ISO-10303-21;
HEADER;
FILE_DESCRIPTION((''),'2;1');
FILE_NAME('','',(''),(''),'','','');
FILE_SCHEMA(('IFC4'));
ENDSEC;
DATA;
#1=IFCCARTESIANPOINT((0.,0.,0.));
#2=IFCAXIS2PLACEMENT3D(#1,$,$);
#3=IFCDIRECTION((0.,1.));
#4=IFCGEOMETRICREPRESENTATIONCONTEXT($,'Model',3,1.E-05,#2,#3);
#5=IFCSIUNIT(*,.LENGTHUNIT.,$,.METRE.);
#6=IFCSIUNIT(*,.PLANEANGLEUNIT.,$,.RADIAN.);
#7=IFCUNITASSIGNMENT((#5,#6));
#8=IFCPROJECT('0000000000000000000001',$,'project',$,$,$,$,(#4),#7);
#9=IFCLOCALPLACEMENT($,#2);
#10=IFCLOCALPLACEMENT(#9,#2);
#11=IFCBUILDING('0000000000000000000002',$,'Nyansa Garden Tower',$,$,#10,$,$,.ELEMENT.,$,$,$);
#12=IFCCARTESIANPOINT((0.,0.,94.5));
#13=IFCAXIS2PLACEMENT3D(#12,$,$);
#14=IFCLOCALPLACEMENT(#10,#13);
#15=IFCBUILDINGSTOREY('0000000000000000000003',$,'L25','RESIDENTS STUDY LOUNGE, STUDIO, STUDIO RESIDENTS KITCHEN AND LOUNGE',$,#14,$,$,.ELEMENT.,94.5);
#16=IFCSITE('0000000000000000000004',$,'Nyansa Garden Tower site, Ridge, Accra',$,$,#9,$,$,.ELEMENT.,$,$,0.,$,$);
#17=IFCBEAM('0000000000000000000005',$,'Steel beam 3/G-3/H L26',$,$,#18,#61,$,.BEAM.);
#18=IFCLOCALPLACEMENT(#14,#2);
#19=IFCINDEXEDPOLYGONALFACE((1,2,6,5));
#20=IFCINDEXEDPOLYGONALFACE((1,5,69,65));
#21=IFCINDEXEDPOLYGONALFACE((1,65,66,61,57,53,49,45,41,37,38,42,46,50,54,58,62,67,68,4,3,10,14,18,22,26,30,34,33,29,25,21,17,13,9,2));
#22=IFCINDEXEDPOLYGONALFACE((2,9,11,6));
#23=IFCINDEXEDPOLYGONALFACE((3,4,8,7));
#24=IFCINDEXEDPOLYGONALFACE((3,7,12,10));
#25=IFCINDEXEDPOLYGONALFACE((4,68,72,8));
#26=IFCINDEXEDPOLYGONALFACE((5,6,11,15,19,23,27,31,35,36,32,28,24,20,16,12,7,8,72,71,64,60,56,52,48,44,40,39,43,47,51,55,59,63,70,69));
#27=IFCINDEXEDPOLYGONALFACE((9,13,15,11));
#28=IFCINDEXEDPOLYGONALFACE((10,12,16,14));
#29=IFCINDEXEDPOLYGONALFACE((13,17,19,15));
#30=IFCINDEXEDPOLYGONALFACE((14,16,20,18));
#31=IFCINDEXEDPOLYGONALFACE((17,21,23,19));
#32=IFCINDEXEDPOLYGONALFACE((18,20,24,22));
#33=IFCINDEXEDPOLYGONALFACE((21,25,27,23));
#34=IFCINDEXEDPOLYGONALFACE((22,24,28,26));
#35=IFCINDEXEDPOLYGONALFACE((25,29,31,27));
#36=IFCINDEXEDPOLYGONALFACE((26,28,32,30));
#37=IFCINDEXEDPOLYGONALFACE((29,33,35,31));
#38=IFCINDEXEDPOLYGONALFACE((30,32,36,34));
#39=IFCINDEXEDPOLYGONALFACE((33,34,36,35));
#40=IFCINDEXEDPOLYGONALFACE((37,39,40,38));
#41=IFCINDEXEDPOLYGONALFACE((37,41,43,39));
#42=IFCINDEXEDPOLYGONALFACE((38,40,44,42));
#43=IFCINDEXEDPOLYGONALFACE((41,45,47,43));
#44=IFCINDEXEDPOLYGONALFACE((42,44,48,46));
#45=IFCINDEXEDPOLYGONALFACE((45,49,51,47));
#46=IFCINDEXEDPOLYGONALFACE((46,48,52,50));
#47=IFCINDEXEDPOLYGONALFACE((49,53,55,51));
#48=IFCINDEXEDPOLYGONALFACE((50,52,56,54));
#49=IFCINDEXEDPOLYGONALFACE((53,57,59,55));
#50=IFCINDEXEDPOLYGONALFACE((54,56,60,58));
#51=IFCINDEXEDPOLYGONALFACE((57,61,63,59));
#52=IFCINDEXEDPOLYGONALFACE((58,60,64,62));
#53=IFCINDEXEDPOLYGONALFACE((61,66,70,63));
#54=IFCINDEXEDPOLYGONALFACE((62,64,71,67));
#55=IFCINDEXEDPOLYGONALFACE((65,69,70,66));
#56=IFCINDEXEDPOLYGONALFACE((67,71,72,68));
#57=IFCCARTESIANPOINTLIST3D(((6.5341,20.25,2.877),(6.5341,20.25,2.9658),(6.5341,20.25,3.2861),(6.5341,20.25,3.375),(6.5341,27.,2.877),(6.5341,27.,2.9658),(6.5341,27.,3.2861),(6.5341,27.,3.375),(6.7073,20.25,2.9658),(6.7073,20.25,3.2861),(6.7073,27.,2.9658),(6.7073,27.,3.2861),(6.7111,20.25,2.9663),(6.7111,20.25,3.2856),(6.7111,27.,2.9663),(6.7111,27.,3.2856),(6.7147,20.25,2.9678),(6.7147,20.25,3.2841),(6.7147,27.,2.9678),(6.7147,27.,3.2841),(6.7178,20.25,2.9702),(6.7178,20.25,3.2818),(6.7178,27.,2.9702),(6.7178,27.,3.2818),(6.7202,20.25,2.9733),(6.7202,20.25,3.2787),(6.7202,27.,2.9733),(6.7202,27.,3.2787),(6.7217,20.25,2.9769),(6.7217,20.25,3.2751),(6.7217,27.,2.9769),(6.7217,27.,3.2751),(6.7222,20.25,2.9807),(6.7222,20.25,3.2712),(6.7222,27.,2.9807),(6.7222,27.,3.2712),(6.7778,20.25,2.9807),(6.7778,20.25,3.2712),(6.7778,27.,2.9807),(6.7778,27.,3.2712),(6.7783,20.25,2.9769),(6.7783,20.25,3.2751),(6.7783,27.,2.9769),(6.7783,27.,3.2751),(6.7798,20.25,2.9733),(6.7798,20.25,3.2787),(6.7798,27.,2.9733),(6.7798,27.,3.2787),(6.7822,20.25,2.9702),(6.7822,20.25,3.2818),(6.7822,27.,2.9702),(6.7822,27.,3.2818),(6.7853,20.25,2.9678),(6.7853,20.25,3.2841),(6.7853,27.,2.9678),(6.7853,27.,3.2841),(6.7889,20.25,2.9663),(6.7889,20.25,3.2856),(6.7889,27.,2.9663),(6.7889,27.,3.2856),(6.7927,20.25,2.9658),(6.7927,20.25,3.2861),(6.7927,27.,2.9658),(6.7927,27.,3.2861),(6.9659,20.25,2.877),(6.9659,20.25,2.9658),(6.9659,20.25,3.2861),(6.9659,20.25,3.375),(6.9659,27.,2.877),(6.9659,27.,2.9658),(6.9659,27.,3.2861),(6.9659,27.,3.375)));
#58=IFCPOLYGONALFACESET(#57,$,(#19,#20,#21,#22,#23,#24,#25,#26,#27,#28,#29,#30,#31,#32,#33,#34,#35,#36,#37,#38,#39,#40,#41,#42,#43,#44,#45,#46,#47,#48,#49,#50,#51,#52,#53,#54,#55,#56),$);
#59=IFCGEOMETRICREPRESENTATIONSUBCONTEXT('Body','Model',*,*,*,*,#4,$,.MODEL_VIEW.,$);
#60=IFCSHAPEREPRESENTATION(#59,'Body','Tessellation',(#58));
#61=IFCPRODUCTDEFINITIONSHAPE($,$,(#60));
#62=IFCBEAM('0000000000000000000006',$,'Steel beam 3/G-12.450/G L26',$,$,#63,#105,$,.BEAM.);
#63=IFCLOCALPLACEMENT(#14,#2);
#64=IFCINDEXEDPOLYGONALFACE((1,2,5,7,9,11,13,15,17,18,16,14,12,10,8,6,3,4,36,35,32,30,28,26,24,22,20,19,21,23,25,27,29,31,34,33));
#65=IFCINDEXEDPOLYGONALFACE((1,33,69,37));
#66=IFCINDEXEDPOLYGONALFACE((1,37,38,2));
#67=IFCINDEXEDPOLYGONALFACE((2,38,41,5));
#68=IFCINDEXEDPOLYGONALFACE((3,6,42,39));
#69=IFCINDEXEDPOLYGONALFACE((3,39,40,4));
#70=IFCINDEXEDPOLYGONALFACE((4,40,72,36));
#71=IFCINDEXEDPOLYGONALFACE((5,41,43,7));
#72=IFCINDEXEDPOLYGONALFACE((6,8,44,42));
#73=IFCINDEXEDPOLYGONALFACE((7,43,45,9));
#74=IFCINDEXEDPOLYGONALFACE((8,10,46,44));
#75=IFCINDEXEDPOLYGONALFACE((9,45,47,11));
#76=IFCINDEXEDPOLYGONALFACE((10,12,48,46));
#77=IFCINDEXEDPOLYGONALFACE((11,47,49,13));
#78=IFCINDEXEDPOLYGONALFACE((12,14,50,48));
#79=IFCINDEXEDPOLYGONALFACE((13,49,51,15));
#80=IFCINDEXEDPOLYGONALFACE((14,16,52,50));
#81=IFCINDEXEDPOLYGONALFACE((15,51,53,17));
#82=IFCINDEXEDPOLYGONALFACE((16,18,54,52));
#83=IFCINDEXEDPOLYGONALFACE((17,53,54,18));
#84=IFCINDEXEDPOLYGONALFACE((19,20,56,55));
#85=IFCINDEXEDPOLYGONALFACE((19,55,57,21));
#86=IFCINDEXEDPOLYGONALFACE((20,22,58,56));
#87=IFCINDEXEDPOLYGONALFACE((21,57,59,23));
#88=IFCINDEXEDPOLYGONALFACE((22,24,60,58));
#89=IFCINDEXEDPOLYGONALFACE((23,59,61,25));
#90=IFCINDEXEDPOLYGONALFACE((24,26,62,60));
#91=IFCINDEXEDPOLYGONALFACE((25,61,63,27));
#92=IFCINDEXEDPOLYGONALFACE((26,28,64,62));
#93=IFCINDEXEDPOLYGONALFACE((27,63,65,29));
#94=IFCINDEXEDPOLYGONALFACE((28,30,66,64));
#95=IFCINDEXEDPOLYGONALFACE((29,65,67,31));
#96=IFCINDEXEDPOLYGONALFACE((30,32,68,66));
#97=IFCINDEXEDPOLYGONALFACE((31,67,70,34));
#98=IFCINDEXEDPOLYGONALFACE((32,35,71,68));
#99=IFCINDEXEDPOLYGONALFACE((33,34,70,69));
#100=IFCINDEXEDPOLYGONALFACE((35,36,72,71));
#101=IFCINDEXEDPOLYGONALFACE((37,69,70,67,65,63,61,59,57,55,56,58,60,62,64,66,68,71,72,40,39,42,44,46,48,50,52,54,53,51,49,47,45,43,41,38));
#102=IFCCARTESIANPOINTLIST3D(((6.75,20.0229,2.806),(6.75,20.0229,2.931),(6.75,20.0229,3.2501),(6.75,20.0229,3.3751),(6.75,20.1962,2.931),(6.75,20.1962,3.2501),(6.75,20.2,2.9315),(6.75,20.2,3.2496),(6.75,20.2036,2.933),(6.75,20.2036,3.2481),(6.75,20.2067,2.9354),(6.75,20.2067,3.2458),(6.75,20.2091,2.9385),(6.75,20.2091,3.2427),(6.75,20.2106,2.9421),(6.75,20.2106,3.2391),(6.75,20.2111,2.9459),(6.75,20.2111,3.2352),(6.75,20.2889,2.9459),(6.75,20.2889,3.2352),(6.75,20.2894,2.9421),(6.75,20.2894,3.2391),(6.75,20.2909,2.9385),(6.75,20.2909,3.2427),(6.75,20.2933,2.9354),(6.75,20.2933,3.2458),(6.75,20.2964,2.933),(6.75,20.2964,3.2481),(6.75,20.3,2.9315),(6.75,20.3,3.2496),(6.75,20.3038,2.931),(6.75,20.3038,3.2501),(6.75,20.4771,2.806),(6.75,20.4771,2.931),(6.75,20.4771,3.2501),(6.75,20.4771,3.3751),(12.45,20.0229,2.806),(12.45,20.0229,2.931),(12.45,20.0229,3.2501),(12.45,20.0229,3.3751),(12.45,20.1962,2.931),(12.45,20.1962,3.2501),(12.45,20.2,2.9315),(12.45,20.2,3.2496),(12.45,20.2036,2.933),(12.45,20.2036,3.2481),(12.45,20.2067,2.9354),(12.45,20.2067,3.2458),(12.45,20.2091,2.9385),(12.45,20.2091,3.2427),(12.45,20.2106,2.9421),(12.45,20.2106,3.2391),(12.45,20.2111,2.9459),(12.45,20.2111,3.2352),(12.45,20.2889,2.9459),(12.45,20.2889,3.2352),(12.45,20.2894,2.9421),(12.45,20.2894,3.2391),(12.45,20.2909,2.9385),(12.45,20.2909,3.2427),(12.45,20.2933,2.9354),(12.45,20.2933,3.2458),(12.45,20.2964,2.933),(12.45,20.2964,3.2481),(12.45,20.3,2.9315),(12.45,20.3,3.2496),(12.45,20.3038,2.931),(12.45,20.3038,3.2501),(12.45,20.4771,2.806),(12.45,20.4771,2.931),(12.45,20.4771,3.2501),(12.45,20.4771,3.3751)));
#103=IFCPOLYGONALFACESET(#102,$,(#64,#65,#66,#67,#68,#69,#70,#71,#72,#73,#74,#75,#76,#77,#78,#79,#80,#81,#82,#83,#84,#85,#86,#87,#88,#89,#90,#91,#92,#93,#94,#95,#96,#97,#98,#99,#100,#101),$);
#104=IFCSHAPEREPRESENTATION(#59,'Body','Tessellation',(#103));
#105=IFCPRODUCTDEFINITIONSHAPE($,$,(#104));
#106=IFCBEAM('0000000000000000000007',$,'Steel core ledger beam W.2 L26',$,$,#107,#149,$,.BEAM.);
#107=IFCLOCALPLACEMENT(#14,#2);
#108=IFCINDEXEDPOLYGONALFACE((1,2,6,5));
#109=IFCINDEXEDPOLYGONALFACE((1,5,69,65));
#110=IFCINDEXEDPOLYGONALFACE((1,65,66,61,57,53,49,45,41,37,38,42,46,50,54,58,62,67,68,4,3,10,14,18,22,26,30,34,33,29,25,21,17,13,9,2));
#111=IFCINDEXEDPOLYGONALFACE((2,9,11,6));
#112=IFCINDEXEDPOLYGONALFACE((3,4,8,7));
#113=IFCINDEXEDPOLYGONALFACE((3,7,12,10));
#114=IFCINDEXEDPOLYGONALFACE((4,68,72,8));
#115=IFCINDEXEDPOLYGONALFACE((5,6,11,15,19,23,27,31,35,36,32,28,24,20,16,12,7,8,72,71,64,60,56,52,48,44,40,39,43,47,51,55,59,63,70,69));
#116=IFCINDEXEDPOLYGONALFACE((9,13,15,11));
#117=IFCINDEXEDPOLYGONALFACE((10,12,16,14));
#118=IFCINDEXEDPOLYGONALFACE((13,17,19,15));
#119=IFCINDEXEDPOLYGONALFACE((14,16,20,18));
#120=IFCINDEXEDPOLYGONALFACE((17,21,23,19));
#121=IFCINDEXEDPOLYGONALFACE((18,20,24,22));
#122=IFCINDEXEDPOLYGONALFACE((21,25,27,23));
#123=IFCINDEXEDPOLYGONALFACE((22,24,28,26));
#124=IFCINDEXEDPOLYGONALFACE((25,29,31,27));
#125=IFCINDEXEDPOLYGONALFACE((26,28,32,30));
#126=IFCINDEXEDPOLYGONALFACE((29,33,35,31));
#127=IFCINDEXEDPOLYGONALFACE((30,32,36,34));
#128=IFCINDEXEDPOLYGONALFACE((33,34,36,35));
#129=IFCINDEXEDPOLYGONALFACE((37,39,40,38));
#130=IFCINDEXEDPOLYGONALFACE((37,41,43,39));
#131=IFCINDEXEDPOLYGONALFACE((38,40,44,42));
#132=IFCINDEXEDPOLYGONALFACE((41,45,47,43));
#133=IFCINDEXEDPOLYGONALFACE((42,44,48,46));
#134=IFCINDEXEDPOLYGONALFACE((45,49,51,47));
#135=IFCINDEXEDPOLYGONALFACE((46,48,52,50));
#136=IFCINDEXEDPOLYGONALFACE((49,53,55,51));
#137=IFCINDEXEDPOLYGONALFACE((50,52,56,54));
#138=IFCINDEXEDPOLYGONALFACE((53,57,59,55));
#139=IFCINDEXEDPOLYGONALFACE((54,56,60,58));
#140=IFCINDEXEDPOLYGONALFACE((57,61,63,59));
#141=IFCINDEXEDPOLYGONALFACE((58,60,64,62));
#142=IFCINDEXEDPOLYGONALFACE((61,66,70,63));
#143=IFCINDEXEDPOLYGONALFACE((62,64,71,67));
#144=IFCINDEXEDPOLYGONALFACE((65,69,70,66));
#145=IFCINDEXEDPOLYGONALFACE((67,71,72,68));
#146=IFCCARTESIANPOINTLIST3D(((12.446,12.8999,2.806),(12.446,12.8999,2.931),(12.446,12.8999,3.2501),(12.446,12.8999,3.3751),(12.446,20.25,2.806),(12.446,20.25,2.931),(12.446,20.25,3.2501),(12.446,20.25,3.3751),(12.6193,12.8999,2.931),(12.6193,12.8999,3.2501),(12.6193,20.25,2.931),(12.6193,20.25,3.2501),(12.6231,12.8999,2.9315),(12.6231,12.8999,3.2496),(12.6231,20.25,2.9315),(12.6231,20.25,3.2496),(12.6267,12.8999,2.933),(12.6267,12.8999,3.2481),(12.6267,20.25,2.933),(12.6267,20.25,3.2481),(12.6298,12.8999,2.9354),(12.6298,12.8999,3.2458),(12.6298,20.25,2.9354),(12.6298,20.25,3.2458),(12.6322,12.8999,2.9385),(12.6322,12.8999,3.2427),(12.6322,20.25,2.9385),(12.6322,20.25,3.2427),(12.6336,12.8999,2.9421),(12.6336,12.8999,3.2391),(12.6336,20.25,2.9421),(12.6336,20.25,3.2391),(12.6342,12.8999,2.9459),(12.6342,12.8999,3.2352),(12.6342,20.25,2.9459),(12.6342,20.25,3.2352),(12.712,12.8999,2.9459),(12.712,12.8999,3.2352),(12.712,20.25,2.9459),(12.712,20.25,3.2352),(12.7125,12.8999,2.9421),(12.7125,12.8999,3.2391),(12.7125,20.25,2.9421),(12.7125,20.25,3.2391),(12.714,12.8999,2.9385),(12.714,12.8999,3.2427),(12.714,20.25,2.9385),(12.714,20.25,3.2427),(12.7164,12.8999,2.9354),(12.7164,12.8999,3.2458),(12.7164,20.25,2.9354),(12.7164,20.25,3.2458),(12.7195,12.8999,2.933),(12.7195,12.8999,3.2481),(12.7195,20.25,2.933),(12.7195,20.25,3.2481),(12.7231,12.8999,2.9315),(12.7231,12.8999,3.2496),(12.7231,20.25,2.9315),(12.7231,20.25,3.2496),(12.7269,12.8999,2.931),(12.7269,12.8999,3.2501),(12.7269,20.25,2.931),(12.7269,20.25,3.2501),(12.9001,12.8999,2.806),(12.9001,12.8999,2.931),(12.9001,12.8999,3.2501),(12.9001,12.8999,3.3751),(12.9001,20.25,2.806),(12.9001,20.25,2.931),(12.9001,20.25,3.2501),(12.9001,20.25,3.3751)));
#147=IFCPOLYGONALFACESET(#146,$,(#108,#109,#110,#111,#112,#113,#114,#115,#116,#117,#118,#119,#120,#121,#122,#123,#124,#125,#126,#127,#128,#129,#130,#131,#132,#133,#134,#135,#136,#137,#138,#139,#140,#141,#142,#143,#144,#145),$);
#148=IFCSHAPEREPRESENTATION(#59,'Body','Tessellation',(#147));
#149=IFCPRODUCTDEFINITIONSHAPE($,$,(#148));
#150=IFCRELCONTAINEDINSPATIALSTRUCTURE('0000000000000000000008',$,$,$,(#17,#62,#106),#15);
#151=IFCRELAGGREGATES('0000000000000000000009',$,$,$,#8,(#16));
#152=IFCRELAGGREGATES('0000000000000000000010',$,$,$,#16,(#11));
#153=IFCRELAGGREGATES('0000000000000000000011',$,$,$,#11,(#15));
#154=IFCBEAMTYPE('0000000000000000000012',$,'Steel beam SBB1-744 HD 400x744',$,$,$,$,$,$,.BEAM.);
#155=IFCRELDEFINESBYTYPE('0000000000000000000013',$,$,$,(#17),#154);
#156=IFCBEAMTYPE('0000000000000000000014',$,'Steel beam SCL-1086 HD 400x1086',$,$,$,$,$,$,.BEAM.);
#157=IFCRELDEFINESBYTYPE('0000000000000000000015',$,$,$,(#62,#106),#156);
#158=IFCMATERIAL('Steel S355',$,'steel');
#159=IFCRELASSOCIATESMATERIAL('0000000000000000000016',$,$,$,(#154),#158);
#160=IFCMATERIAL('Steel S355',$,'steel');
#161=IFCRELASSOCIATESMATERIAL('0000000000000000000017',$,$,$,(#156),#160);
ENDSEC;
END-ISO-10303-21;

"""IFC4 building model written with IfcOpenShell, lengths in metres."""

from ifc_helpers import new_model, si_unit, direction, frame, origin, origin_2d, place, context, subcontext, project, spatial, i_section, extrude, material, material_profile, profile_set, type_object, element, save


model = new_model("IFC4")

# Units and contexts
model_context = context("Model", 3, precision=1e-05, world=origin(), true_north=direction((0.0, 1.0)))
body_context = subcontext(model_context, "Body", "Model", "MODEL_VIEW")
ifc_project = project(units=[si_unit("LENGTHUNIT", "METRE"), si_unit("PLANEANGLEUNIT", "RADIAN")], contexts=[model_context])

# Site, building, storey
site_placement = place(None, origin())
site = spatial("IfcSite", under=ifc_project, at=site_placement, Name="Nyansa Garden Tower site, Ridge, Accra", CompositionType="ELEMENT", RefElevation=0.0)
building_placement = place(site_placement, origin())
building = spatial("IfcBuilding", under=site, at=building_placement, Name="Nyansa Garden Tower", CompositionType="ELEMENT")
storey_placement = place(building_placement, frame((0.0, 0.0, 94.5)))
storey = spatial("IfcBuildingStorey", under=building, at=storey_placement, Name="L25", Description="RESIDENTS STUDY LOUNGE, STUDIO, STUDIO RESIDENTS KITCHEN AND LOUNGE", CompositionType="ELEMENT", Elevation=94.5)

# Beams
ifc_material_1 = material(Name="Steel S355", Category="steel")
ifc_material_profile_1 = material_profile(ifc_material_1, i_section(OverallWidth=0.4319, OverallDepth=0.498, WebThickness=0.0557, FlangeThickness=0.0889, FilletRadius=0.0149, at=origin_2d()), Name="HD 400x744")
ifc_profile_set_1 = profile_set([ifc_material_profile_1], Name="Steel S355")
beam_type_1 = type_object("IfcBeamType", Name="Steel beam SBB1-744 HD 400x744", PredefinedType="BEAM", material=ifc_profile_set_1)
beam_1_placement = place(storey_placement, frame((6.75, 20.25, 3.126), z_axis=(0.0, 1.0, 0.0), x_axis=(-1.0, 0.0, 0.0)))
element("IfcBeam", 1, at=beam_1_placement, inside=storey, type_object=beam_type_1, Name="Steel beam 3/G-3/H L26", PredefinedType="BEAM", context=body_context, shape_type="SweptSolid", body=[
    extrude(i_section(OverallWidth=0.4319, OverallDepth=0.498, WebThickness=0.0557, FlangeThickness=0.0889, FilletRadius=0.0149, at=origin_2d()), origin(), (0.0, 0.0, 1.0), 6.75),
])
ifc_material_2 = material(Name="Steel S355", Category="steel")
ifc_material_profile_2 = material_profile(ifc_material_2, i_section(OverallWidth=0.4541, OverallDepth=0.5691, WebThickness=0.0779, FlangeThickness=0.125, FilletRadius=0.0149, at=origin_2d()), Name="HD 400x1086")
ifc_profile_set_2 = profile_set([ifc_material_profile_2], Name="Steel S355")
beam_type_2 = type_object("IfcBeamType", Name="Steel beam SCL-1086 HD 400x1086", PredefinedType="BEAM", material=ifc_profile_set_2)
beam_2_placement = place(storey_placement, frame((6.75, 20.25, 3.0906), z_axis=(1.0, 0.0, 0.0), x_axis=(0.0, 1.0, 0.0)))
element("IfcBeam", 2, at=beam_2_placement, inside=storey, type_object=beam_type_2, Name="Steel beam 3/G-12.450/G L26", PredefinedType="BEAM", context=body_context, shape_type="SweptSolid", body=[
    extrude(i_section(OverallWidth=0.4541, OverallDepth=0.5691, WebThickness=0.0779, FlangeThickness=0.125, FilletRadius=0.0149, at=origin_2d()), origin(), (0.0, 0.0, 1.0), 5.7),
])
beam_3_placement = place(storey_placement, frame((12.6731, 20.25, 3.0906), z_axis=(0.0, -1.0, 0.0), x_axis=(1.0, 0.0, 0.0)))
element("IfcBeam", 3, at=beam_3_placement, inside=storey, type_object=beam_type_2, Name="Steel core ledger beam W.2 L26", PredefinedType="BEAM", context=body_context, shape_type="SweptSolid", body=[
    extrude(i_section(OverallWidth=0.4541, OverallDepth=0.5691, WebThickness=0.0779, FlangeThickness=0.125, FilletRadius=0.0149, at=origin_2d()), origin(), (0.0, 0.0, 1.0), 7.3501),
])

save(model, "model.ifc")
